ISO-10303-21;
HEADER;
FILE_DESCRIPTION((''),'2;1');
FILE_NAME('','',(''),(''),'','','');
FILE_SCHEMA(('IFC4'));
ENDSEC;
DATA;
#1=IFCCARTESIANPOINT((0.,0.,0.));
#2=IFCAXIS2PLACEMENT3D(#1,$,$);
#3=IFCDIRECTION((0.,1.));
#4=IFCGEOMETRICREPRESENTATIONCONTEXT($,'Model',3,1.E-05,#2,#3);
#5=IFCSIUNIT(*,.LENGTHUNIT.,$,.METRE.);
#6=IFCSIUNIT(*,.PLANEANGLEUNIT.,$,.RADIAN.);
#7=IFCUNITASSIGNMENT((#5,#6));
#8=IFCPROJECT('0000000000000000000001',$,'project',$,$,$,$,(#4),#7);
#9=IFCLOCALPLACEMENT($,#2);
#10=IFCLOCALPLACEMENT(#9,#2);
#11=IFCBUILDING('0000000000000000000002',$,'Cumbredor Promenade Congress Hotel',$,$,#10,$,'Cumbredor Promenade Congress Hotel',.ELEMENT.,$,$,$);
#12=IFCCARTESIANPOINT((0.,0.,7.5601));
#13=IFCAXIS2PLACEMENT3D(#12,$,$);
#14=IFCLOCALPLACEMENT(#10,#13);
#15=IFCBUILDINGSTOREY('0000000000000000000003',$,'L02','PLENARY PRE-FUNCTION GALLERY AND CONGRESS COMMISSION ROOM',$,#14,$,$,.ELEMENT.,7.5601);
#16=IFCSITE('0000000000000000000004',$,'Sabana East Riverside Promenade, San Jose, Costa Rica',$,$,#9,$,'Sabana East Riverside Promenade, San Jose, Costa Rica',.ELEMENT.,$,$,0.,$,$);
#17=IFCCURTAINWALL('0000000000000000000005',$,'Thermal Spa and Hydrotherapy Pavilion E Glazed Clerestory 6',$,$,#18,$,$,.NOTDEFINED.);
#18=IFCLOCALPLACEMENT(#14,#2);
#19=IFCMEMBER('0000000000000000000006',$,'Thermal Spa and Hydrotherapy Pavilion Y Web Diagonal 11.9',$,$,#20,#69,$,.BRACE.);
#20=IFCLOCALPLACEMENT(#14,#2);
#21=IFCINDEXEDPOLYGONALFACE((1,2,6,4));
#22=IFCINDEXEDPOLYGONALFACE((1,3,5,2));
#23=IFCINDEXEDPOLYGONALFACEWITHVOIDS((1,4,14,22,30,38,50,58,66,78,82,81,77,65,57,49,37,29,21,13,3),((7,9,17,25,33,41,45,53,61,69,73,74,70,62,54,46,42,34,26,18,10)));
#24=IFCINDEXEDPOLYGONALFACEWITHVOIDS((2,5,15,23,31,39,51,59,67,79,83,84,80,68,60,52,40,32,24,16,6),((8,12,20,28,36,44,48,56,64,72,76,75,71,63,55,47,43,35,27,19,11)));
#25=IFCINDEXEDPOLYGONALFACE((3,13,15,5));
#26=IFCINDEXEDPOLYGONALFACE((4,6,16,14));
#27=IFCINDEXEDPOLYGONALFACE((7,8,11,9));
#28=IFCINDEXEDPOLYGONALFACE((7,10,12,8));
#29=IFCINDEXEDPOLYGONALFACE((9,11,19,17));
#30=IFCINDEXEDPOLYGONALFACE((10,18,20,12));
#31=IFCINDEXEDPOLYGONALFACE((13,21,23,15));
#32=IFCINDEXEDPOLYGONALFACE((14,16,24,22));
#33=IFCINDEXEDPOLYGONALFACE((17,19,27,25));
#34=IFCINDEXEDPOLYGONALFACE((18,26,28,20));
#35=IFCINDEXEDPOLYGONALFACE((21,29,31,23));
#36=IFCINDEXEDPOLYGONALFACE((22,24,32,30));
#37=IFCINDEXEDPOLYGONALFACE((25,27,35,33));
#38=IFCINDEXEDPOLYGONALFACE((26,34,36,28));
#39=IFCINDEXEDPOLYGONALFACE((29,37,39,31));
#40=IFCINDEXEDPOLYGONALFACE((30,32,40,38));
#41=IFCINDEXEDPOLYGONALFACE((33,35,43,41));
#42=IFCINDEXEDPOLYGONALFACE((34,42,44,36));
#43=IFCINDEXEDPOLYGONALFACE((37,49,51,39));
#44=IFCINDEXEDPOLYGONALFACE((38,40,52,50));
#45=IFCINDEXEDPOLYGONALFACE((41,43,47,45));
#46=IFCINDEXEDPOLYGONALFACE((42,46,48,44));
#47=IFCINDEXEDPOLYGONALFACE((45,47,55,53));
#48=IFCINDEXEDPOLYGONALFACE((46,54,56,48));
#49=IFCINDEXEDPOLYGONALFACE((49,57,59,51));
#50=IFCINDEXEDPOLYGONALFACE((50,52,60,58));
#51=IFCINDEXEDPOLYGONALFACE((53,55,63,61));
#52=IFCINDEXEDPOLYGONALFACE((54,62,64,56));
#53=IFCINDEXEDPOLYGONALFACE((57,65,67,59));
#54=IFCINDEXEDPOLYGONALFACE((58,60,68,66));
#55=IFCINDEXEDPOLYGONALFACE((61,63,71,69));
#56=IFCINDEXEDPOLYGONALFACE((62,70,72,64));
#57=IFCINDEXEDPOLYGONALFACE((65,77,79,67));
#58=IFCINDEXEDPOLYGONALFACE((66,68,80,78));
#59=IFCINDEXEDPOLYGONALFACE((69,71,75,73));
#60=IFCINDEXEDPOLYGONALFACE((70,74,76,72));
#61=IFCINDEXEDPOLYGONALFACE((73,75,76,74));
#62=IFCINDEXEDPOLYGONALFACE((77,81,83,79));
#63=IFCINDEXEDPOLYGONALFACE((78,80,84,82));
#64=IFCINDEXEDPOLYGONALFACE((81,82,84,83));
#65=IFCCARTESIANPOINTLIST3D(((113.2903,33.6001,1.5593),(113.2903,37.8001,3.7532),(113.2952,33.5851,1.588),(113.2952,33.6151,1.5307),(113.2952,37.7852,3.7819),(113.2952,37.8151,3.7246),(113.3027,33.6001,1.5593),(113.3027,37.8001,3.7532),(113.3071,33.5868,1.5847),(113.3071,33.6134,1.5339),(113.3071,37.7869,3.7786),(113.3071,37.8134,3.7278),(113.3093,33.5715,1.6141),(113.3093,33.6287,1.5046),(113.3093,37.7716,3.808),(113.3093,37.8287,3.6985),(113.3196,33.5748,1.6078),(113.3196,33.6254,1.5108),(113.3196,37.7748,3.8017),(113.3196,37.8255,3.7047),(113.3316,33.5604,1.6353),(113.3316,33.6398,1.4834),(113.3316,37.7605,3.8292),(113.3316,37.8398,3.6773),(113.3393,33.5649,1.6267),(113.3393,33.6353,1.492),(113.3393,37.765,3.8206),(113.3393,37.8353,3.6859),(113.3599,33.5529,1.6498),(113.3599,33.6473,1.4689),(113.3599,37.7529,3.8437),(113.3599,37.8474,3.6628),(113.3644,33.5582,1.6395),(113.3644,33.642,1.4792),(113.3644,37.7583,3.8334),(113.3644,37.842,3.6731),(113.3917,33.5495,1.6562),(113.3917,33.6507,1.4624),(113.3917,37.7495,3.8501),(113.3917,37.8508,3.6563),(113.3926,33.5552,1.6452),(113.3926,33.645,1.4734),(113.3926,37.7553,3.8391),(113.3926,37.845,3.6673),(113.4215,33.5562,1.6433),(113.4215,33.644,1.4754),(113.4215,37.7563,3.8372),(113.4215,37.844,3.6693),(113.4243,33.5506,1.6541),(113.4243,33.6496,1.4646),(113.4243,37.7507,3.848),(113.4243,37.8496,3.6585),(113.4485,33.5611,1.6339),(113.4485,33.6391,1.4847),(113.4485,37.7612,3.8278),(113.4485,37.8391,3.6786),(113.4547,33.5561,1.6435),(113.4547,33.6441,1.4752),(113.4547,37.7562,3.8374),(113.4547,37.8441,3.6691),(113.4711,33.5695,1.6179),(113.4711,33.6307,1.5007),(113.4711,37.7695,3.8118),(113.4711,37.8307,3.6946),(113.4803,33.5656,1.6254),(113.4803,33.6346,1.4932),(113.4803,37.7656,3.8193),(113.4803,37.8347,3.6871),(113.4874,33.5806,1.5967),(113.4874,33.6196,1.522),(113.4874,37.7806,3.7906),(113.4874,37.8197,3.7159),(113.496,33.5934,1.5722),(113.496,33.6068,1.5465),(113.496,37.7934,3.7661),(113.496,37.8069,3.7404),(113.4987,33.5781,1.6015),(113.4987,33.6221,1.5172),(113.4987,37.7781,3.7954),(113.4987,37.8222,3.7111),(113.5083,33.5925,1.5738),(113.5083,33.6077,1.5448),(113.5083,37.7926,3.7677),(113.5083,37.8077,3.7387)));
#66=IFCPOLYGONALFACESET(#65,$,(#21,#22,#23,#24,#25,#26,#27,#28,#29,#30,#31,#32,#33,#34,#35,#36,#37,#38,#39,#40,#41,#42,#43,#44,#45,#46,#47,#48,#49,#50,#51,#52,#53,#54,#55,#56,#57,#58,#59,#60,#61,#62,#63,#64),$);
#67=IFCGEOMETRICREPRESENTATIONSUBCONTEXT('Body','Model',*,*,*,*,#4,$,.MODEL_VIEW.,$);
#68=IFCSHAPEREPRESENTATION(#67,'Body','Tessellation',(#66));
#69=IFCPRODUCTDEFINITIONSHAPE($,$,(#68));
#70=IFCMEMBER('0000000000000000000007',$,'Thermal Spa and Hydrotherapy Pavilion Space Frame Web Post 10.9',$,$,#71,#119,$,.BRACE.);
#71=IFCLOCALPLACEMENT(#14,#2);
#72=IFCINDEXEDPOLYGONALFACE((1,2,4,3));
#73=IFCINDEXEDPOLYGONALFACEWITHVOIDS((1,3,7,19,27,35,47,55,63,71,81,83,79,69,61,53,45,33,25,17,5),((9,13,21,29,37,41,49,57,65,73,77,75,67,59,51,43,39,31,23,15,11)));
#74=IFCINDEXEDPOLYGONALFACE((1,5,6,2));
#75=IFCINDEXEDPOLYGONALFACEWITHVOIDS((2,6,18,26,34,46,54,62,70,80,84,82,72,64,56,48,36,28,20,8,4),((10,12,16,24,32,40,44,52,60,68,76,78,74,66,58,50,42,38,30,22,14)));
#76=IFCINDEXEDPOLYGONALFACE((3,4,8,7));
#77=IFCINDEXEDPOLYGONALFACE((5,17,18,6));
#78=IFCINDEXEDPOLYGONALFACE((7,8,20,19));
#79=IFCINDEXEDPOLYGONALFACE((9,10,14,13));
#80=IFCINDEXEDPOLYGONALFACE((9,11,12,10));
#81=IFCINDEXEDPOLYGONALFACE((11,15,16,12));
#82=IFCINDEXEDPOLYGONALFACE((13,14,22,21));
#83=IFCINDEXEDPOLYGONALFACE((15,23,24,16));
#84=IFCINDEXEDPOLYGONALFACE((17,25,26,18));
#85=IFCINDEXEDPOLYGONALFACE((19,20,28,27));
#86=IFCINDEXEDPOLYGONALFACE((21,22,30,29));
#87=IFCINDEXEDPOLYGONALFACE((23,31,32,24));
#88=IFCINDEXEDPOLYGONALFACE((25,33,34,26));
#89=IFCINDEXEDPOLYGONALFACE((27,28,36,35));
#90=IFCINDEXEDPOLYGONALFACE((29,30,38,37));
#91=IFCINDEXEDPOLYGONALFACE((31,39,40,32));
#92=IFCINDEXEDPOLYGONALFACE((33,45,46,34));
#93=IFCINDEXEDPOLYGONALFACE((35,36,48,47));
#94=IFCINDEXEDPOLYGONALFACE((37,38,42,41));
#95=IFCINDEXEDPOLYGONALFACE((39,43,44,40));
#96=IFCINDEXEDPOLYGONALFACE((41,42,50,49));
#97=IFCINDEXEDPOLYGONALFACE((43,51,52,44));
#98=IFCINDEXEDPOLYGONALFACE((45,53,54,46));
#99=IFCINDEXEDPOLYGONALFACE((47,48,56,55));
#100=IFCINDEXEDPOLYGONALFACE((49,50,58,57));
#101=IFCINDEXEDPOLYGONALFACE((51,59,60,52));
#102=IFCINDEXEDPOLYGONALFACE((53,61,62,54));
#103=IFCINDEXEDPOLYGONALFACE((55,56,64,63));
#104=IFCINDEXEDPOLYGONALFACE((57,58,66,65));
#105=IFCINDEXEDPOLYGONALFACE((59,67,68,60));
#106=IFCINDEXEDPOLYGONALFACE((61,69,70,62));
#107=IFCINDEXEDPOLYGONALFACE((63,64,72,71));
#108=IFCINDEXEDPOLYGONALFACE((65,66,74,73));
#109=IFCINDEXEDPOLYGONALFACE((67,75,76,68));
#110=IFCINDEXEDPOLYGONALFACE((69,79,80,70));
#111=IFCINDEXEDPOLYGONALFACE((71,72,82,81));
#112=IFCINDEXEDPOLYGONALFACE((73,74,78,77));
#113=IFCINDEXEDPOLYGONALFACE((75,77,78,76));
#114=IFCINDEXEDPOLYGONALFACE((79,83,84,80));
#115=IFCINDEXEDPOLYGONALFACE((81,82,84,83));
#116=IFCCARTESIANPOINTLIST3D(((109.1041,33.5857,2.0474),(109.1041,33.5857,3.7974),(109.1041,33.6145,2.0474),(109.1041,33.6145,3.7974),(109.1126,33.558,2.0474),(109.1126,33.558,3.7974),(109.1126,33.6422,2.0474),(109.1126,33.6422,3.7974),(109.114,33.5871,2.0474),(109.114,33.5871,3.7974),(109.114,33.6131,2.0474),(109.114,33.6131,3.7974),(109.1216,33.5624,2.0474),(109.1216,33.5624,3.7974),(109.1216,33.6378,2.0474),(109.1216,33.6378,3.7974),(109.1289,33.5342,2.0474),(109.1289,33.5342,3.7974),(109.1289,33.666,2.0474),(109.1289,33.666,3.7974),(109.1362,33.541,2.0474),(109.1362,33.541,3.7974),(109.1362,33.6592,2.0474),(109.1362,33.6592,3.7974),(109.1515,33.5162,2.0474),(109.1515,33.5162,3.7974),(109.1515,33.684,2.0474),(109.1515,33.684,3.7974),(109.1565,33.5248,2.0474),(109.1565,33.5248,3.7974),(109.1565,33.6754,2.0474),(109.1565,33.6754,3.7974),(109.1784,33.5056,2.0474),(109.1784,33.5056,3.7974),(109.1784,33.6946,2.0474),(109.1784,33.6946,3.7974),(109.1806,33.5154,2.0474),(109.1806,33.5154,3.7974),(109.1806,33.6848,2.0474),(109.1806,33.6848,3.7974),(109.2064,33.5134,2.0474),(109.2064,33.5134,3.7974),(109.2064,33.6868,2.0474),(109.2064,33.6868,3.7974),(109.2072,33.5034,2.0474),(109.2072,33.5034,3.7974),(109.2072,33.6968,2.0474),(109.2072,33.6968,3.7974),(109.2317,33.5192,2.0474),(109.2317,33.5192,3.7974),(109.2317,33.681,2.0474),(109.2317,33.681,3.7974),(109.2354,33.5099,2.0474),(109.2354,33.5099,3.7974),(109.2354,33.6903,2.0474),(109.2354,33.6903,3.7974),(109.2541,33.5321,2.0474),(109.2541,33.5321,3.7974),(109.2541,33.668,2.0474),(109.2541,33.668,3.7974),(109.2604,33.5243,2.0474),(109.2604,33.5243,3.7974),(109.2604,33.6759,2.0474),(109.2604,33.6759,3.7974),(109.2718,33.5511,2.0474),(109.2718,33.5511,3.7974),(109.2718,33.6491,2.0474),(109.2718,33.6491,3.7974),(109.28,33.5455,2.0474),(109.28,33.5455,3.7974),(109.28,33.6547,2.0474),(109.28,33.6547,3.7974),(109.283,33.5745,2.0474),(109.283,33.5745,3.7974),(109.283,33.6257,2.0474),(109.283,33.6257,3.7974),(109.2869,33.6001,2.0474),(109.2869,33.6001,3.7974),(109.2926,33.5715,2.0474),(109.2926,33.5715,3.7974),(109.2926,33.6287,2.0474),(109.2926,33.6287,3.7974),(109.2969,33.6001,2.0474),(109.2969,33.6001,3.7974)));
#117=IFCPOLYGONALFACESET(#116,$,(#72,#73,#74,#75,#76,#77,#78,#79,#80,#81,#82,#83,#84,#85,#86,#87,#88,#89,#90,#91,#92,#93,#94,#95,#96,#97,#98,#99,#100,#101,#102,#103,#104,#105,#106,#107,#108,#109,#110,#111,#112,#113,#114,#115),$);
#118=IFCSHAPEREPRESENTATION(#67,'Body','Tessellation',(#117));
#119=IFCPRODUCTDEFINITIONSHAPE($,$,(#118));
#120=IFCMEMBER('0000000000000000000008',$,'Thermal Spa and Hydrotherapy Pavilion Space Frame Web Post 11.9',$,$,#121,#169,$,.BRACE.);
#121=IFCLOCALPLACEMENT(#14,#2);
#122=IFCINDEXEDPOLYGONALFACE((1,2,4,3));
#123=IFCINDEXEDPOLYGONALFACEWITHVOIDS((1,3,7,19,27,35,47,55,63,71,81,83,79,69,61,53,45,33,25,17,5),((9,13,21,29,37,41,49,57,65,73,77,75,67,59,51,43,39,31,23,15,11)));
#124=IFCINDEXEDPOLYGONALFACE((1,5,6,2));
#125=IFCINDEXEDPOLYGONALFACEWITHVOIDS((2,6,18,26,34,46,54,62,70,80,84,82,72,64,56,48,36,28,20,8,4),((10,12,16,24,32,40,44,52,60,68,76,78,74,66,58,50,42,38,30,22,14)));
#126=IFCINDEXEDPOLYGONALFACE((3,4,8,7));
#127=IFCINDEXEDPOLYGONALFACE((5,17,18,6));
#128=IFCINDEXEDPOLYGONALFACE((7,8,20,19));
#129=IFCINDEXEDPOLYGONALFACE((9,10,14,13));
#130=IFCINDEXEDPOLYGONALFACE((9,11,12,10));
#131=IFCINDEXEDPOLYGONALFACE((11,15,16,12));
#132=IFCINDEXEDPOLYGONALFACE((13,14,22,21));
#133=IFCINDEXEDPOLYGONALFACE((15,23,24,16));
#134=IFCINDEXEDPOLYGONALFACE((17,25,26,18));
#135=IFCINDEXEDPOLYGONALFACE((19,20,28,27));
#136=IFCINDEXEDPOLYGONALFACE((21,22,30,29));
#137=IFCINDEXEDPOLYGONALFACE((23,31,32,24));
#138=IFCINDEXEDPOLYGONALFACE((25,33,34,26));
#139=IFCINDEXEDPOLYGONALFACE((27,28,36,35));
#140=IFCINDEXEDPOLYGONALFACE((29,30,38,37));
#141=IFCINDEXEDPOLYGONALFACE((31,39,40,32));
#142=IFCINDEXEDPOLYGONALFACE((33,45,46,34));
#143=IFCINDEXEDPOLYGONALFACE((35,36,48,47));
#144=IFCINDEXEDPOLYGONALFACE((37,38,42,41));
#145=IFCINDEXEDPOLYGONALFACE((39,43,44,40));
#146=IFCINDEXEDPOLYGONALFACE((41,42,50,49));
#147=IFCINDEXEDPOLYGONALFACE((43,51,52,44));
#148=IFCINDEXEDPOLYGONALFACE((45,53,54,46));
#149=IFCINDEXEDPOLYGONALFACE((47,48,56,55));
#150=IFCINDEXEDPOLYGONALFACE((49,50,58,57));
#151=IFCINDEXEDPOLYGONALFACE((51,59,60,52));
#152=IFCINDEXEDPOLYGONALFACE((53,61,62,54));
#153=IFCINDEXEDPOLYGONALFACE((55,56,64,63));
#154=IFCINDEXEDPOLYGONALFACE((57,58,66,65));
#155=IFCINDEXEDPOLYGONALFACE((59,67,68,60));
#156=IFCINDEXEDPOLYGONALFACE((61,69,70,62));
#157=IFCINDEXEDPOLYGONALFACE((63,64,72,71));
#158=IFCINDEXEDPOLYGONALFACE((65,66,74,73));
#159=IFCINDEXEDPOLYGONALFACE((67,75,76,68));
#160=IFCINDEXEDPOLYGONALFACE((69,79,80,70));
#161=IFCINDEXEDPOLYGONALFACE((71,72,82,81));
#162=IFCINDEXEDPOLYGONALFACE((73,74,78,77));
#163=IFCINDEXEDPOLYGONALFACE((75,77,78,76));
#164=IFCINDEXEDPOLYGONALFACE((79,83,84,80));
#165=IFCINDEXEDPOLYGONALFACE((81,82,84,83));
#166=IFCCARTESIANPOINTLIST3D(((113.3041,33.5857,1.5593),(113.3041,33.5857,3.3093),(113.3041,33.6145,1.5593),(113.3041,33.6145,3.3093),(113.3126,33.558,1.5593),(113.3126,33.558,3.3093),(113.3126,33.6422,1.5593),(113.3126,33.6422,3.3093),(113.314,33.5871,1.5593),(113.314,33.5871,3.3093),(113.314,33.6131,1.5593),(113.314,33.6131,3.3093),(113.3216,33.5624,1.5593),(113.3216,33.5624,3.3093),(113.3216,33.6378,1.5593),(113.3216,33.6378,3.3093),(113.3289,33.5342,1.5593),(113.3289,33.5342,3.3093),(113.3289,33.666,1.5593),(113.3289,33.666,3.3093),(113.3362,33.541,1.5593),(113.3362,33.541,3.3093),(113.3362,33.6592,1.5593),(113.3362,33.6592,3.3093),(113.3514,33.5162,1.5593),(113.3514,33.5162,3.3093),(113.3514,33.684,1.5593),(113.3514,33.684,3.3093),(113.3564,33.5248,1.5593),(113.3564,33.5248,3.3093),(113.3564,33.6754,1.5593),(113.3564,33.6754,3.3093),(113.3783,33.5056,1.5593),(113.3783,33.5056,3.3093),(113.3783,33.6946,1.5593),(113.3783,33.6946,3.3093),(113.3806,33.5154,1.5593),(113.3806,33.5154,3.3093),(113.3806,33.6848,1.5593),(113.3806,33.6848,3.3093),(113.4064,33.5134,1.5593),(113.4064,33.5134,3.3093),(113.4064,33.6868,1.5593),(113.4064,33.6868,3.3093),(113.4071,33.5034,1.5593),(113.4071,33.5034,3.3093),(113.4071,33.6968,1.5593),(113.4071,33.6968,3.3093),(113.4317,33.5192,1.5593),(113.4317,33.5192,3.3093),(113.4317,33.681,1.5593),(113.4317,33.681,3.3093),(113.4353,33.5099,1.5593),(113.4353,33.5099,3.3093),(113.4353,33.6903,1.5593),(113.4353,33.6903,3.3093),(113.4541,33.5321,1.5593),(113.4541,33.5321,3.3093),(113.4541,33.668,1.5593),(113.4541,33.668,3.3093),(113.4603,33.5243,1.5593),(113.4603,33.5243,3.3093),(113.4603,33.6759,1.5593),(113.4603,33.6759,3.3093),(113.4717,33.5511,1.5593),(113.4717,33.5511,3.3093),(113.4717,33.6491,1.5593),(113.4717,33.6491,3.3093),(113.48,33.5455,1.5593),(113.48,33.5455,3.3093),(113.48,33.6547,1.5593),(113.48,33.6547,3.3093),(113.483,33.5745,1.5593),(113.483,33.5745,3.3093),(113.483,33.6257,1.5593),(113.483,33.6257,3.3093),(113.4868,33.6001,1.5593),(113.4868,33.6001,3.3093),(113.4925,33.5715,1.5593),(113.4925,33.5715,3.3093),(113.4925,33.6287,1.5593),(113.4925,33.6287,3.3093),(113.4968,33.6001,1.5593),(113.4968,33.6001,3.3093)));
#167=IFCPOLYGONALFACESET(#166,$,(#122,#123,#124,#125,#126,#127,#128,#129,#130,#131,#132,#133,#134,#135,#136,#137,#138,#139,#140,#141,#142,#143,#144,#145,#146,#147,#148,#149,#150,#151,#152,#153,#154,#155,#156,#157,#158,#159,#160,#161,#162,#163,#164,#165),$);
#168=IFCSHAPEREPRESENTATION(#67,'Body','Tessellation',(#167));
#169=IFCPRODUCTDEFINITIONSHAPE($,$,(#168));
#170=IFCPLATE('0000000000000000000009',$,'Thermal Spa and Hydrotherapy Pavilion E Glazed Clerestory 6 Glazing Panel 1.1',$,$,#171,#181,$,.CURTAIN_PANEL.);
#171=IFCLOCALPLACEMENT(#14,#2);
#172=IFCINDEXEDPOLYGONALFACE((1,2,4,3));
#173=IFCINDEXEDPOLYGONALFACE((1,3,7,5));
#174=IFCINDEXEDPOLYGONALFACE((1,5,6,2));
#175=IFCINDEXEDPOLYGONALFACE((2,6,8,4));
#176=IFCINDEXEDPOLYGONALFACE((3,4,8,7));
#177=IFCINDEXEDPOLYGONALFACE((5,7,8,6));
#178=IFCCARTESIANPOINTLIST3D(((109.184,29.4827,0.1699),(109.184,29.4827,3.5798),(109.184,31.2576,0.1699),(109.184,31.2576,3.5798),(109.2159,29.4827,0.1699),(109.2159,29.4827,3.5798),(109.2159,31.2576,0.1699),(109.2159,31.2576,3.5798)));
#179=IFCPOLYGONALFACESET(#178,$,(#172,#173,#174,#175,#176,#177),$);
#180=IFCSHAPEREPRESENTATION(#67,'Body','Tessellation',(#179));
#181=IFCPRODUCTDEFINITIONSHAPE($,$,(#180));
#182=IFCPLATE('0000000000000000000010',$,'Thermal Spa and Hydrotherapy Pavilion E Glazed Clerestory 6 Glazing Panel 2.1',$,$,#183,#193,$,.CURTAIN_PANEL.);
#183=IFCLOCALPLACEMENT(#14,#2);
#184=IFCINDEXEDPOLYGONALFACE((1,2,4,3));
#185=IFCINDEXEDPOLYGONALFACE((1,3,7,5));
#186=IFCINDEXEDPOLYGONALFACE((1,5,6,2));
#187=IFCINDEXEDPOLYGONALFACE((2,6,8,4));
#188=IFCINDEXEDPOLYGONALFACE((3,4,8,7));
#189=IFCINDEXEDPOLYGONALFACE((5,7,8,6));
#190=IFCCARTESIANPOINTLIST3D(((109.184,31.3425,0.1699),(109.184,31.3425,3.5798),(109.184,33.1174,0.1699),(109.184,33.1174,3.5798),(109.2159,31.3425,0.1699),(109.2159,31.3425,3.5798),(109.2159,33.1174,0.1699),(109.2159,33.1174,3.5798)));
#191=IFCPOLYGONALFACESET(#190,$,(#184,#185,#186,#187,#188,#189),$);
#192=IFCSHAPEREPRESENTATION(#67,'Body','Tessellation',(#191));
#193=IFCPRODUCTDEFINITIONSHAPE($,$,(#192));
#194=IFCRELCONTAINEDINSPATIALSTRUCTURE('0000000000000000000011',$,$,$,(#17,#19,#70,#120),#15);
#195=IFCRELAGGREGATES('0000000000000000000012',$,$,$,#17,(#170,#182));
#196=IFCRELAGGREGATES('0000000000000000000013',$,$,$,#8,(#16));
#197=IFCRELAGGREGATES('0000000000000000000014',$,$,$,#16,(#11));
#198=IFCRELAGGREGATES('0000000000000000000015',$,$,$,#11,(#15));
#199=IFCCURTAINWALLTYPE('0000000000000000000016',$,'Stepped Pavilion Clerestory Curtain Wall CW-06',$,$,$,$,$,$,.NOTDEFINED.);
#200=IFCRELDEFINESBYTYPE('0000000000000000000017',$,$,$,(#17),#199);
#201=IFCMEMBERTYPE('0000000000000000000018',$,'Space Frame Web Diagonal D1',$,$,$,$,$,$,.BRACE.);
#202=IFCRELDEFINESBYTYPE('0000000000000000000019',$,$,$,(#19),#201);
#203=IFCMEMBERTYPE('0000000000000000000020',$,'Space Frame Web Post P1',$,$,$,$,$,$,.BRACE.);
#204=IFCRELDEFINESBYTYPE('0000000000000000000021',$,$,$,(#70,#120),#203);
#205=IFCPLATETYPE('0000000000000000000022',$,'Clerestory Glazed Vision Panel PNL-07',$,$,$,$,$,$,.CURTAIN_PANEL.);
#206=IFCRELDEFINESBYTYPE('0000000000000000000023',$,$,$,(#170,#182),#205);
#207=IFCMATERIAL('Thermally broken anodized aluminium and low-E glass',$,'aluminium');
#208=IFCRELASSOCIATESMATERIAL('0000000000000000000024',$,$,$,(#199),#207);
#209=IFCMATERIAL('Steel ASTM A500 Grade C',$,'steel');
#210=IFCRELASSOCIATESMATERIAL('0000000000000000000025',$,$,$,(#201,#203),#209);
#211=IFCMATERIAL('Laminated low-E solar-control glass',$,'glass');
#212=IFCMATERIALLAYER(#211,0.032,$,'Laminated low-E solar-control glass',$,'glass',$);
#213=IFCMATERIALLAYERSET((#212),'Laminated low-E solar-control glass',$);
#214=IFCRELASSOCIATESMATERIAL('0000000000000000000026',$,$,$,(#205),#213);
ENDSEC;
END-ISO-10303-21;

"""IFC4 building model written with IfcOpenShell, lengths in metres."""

from ifc_helpers import new_model, si_unit, direction, frame, origin, origin_2d, place, context, subcontext, project, spatial, rectangle, hollow_circle, extrude, material, layer, layer_set, material_profile, profile_set, type_object, element, aggregate, save


model = new_model("IFC4")

# Units and contexts
model_context = context("Model", 3, precision=1e-05, world=origin(), true_north=direction((0.0, 1.0)))
body_context = subcontext(model_context, "Body", "Model", "MODEL_VIEW")
ifc_project = project(units=[si_unit("LENGTHUNIT", "METRE"), si_unit("PLANEANGLEUNIT", "RADIAN")], contexts=[model_context])

# Site, building, storey
site_placement = place(None, origin())
site = spatial("IfcSite", under=ifc_project, at=site_placement, Name="Sabana East Riverside Promenade, San Jose, Costa Rica", LongName="Sabana East Riverside Promenade, San Jose, Costa Rica", CompositionType="ELEMENT", RefElevation=0.0)
building_placement = place(site_placement, origin())
building = spatial("IfcBuilding", under=site, at=building_placement, Name="Cumbredor Promenade Congress Hotel", LongName="Cumbredor Promenade Congress Hotel", CompositionType="ELEMENT")
storey_placement = place(building_placement, frame((0.0, 0.0, 7.5601)))
storey = spatial("IfcBuildingStorey", under=building, at=storey_placement, Name="L02", Description="PLENARY PRE-FUNCTION GALLERY AND CONGRESS COMMISSION ROOM", CompositionType="ELEMENT", Elevation=7.5601)

# Curtain wall
ifc_material_1 = material(Name="Thermally broken anodized aluminium and low-E glass", Category="aluminium")
curtain_wall_type = type_object("IfcCurtainWallType", Name="Stepped Pavilion Clerestory Curtain Wall CW-06", PredefinedType="NOTDEFINED", material=ifc_material_1)
curtain_wall_1_placement = place(storey_placement, origin())
curtain_wall_1 = element("IfcCurtainWall", 1, at=curtain_wall_1_placement, inside=storey, type_object=curtain_wall_type, Name="Thermal Spa and Hydrotherapy Pavilion E Glazed Clerestory 6", PredefinedType="NOTDEFINED")

# Members
ifc_material_2 = material(Name="Steel ASTM A500 Grade C", Category="steel")
ifc_material_profile_1 = material_profile(ifc_material_2, hollow_circle(Radius=0.1096, WallThickness=0.0125, at=origin_2d()), Name="CHS 219.1x12.5")
ifc_profile_set_1 = profile_set([ifc_material_profile_1], Name="Steel ASTM A500 Grade C")
member_type_1 = type_object("IfcMemberType", Name="Space Frame Web Diagonal D1", PredefinedType="BRACE", material=ifc_profile_set_1)
member_1_placement = place(storey_placement, frame((113.3999, 33.6001, 1.5593), z_axis=(0.0, 0.886362, 0.462992), x_axis=(-1.0, 0.0, 0.0)))
element("IfcMember", 2, at=member_1_placement, inside=storey, type_object=member_type_1, Name="Thermal Spa and Hydrotherapy Pavilion Y Web Diagonal 11.9", PredefinedType="BRACE", context=body_context, shape_type="SweptSolid", body=[
    extrude(hollow_circle(Radius=0.1096, WallThickness=0.0125, at=origin_2d()), origin(), (0.0, 0.0, 1.0), 4.7385),
])
ifc_material_profile_2 = material_profile(ifc_material_2, hollow_circle(Radius=0.0969, WallThickness=0.01, at=origin_2d()), Name="CHS 193.7x10")
ifc_profile_set_2 = profile_set([ifc_material_profile_2], Name="Steel ASTM A500 Grade C")
member_type_2 = type_object("IfcMemberType", Name="Space Frame Web Post P1", PredefinedType="BRACE", material=ifc_profile_set_2)
for number, where, z_axis, x_axis, name in (
    (3, (109.2, 33.6001, 2.0474), (0.0, 0.0, 1.0), (1.0, 0.0, 0.0), "Thermal Spa and Hydrotherapy Pavilion Space Frame Web Post 10.9"),
    (4, (113.3999, 33.6001, 1.5593), (0.0, 0.0, 1.0), (1.0, 0.0, 0.0), "Thermal Spa and Hydrotherapy Pavilion Space Frame Web Post 11.9"),
):
    element("IfcMember", number, at=place(storey_placement, frame(where, z_axis=z_axis, x_axis=x_axis)), inside=storey, type_object=member_type_2, Name=name, PredefinedType="BRACE", context=body_context, shape_type="SweptSolid", body=[
        extrude(hollow_circle(Radius=0.0969, WallThickness=0.01, at=origin_2d()), origin(), (0.0, 0.0, 1.0), 1.75),
    ])

# Plates
ifc_material_3 = material(Name="Laminated low-E solar-control glass", Category="glass")
ifc_layer_1 = layer(ifc_material_3, 0.032, Name="Laminated low-E solar-control glass", Category="glass")
ifc_layer_set_1 = layer_set([ifc_layer_1], Name="Laminated low-E solar-control glass")
plate_type_1 = type_object("IfcPlateType", Name="Clerestory Glazed Vision Panel PNL-07", PredefinedType="CURTAIN_PANEL", material=ifc_layer_set_1)
plate_1_placement = place(storey_placement, frame((109.2, 30.3701, 0.1699), z_axis=(0.0, 0.0, 1.0), x_axis=(0.0, 1.0, 0.0)))
plate_1 = element("IfcPlate", 5, at=plate_1_placement, type_object=plate_type_1, Name="Thermal Spa and Hydrotherapy Pavilion E Glazed Clerestory 6 Glazing Panel 1.1", PredefinedType="CURTAIN_PANEL", context=body_context, shape_type="SweptSolid", body=[
    extrude(rectangle(XDim=1.7749, YDim=0.032, at=origin_2d()), origin(), (0.0, 0.0, 1.0), 3.4099),
])
plate_2_placement = place(storey_placement, frame((109.2, 32.23, 0.1699), z_axis=(0.0, 0.0, 1.0), x_axis=(0.0, 1.0, 0.0)))
plate_2 = element("IfcPlate", 6, at=plate_2_placement, type_object=plate_type_1, Name="Thermal Spa and Hydrotherapy Pavilion E Glazed Clerestory 6 Glazing Panel 2.1", PredefinedType="CURTAIN_PANEL", context=body_context, shape_type="SweptSolid", body=[
    extrude(rectangle(XDim=1.7749, YDim=0.032, at=origin_2d()), origin(), (0.0, 0.0, 1.0), 3.4099),
])
aggregate(curtain_wall_1, [plate_1, plate_2])

save(model, "model.ifc")
